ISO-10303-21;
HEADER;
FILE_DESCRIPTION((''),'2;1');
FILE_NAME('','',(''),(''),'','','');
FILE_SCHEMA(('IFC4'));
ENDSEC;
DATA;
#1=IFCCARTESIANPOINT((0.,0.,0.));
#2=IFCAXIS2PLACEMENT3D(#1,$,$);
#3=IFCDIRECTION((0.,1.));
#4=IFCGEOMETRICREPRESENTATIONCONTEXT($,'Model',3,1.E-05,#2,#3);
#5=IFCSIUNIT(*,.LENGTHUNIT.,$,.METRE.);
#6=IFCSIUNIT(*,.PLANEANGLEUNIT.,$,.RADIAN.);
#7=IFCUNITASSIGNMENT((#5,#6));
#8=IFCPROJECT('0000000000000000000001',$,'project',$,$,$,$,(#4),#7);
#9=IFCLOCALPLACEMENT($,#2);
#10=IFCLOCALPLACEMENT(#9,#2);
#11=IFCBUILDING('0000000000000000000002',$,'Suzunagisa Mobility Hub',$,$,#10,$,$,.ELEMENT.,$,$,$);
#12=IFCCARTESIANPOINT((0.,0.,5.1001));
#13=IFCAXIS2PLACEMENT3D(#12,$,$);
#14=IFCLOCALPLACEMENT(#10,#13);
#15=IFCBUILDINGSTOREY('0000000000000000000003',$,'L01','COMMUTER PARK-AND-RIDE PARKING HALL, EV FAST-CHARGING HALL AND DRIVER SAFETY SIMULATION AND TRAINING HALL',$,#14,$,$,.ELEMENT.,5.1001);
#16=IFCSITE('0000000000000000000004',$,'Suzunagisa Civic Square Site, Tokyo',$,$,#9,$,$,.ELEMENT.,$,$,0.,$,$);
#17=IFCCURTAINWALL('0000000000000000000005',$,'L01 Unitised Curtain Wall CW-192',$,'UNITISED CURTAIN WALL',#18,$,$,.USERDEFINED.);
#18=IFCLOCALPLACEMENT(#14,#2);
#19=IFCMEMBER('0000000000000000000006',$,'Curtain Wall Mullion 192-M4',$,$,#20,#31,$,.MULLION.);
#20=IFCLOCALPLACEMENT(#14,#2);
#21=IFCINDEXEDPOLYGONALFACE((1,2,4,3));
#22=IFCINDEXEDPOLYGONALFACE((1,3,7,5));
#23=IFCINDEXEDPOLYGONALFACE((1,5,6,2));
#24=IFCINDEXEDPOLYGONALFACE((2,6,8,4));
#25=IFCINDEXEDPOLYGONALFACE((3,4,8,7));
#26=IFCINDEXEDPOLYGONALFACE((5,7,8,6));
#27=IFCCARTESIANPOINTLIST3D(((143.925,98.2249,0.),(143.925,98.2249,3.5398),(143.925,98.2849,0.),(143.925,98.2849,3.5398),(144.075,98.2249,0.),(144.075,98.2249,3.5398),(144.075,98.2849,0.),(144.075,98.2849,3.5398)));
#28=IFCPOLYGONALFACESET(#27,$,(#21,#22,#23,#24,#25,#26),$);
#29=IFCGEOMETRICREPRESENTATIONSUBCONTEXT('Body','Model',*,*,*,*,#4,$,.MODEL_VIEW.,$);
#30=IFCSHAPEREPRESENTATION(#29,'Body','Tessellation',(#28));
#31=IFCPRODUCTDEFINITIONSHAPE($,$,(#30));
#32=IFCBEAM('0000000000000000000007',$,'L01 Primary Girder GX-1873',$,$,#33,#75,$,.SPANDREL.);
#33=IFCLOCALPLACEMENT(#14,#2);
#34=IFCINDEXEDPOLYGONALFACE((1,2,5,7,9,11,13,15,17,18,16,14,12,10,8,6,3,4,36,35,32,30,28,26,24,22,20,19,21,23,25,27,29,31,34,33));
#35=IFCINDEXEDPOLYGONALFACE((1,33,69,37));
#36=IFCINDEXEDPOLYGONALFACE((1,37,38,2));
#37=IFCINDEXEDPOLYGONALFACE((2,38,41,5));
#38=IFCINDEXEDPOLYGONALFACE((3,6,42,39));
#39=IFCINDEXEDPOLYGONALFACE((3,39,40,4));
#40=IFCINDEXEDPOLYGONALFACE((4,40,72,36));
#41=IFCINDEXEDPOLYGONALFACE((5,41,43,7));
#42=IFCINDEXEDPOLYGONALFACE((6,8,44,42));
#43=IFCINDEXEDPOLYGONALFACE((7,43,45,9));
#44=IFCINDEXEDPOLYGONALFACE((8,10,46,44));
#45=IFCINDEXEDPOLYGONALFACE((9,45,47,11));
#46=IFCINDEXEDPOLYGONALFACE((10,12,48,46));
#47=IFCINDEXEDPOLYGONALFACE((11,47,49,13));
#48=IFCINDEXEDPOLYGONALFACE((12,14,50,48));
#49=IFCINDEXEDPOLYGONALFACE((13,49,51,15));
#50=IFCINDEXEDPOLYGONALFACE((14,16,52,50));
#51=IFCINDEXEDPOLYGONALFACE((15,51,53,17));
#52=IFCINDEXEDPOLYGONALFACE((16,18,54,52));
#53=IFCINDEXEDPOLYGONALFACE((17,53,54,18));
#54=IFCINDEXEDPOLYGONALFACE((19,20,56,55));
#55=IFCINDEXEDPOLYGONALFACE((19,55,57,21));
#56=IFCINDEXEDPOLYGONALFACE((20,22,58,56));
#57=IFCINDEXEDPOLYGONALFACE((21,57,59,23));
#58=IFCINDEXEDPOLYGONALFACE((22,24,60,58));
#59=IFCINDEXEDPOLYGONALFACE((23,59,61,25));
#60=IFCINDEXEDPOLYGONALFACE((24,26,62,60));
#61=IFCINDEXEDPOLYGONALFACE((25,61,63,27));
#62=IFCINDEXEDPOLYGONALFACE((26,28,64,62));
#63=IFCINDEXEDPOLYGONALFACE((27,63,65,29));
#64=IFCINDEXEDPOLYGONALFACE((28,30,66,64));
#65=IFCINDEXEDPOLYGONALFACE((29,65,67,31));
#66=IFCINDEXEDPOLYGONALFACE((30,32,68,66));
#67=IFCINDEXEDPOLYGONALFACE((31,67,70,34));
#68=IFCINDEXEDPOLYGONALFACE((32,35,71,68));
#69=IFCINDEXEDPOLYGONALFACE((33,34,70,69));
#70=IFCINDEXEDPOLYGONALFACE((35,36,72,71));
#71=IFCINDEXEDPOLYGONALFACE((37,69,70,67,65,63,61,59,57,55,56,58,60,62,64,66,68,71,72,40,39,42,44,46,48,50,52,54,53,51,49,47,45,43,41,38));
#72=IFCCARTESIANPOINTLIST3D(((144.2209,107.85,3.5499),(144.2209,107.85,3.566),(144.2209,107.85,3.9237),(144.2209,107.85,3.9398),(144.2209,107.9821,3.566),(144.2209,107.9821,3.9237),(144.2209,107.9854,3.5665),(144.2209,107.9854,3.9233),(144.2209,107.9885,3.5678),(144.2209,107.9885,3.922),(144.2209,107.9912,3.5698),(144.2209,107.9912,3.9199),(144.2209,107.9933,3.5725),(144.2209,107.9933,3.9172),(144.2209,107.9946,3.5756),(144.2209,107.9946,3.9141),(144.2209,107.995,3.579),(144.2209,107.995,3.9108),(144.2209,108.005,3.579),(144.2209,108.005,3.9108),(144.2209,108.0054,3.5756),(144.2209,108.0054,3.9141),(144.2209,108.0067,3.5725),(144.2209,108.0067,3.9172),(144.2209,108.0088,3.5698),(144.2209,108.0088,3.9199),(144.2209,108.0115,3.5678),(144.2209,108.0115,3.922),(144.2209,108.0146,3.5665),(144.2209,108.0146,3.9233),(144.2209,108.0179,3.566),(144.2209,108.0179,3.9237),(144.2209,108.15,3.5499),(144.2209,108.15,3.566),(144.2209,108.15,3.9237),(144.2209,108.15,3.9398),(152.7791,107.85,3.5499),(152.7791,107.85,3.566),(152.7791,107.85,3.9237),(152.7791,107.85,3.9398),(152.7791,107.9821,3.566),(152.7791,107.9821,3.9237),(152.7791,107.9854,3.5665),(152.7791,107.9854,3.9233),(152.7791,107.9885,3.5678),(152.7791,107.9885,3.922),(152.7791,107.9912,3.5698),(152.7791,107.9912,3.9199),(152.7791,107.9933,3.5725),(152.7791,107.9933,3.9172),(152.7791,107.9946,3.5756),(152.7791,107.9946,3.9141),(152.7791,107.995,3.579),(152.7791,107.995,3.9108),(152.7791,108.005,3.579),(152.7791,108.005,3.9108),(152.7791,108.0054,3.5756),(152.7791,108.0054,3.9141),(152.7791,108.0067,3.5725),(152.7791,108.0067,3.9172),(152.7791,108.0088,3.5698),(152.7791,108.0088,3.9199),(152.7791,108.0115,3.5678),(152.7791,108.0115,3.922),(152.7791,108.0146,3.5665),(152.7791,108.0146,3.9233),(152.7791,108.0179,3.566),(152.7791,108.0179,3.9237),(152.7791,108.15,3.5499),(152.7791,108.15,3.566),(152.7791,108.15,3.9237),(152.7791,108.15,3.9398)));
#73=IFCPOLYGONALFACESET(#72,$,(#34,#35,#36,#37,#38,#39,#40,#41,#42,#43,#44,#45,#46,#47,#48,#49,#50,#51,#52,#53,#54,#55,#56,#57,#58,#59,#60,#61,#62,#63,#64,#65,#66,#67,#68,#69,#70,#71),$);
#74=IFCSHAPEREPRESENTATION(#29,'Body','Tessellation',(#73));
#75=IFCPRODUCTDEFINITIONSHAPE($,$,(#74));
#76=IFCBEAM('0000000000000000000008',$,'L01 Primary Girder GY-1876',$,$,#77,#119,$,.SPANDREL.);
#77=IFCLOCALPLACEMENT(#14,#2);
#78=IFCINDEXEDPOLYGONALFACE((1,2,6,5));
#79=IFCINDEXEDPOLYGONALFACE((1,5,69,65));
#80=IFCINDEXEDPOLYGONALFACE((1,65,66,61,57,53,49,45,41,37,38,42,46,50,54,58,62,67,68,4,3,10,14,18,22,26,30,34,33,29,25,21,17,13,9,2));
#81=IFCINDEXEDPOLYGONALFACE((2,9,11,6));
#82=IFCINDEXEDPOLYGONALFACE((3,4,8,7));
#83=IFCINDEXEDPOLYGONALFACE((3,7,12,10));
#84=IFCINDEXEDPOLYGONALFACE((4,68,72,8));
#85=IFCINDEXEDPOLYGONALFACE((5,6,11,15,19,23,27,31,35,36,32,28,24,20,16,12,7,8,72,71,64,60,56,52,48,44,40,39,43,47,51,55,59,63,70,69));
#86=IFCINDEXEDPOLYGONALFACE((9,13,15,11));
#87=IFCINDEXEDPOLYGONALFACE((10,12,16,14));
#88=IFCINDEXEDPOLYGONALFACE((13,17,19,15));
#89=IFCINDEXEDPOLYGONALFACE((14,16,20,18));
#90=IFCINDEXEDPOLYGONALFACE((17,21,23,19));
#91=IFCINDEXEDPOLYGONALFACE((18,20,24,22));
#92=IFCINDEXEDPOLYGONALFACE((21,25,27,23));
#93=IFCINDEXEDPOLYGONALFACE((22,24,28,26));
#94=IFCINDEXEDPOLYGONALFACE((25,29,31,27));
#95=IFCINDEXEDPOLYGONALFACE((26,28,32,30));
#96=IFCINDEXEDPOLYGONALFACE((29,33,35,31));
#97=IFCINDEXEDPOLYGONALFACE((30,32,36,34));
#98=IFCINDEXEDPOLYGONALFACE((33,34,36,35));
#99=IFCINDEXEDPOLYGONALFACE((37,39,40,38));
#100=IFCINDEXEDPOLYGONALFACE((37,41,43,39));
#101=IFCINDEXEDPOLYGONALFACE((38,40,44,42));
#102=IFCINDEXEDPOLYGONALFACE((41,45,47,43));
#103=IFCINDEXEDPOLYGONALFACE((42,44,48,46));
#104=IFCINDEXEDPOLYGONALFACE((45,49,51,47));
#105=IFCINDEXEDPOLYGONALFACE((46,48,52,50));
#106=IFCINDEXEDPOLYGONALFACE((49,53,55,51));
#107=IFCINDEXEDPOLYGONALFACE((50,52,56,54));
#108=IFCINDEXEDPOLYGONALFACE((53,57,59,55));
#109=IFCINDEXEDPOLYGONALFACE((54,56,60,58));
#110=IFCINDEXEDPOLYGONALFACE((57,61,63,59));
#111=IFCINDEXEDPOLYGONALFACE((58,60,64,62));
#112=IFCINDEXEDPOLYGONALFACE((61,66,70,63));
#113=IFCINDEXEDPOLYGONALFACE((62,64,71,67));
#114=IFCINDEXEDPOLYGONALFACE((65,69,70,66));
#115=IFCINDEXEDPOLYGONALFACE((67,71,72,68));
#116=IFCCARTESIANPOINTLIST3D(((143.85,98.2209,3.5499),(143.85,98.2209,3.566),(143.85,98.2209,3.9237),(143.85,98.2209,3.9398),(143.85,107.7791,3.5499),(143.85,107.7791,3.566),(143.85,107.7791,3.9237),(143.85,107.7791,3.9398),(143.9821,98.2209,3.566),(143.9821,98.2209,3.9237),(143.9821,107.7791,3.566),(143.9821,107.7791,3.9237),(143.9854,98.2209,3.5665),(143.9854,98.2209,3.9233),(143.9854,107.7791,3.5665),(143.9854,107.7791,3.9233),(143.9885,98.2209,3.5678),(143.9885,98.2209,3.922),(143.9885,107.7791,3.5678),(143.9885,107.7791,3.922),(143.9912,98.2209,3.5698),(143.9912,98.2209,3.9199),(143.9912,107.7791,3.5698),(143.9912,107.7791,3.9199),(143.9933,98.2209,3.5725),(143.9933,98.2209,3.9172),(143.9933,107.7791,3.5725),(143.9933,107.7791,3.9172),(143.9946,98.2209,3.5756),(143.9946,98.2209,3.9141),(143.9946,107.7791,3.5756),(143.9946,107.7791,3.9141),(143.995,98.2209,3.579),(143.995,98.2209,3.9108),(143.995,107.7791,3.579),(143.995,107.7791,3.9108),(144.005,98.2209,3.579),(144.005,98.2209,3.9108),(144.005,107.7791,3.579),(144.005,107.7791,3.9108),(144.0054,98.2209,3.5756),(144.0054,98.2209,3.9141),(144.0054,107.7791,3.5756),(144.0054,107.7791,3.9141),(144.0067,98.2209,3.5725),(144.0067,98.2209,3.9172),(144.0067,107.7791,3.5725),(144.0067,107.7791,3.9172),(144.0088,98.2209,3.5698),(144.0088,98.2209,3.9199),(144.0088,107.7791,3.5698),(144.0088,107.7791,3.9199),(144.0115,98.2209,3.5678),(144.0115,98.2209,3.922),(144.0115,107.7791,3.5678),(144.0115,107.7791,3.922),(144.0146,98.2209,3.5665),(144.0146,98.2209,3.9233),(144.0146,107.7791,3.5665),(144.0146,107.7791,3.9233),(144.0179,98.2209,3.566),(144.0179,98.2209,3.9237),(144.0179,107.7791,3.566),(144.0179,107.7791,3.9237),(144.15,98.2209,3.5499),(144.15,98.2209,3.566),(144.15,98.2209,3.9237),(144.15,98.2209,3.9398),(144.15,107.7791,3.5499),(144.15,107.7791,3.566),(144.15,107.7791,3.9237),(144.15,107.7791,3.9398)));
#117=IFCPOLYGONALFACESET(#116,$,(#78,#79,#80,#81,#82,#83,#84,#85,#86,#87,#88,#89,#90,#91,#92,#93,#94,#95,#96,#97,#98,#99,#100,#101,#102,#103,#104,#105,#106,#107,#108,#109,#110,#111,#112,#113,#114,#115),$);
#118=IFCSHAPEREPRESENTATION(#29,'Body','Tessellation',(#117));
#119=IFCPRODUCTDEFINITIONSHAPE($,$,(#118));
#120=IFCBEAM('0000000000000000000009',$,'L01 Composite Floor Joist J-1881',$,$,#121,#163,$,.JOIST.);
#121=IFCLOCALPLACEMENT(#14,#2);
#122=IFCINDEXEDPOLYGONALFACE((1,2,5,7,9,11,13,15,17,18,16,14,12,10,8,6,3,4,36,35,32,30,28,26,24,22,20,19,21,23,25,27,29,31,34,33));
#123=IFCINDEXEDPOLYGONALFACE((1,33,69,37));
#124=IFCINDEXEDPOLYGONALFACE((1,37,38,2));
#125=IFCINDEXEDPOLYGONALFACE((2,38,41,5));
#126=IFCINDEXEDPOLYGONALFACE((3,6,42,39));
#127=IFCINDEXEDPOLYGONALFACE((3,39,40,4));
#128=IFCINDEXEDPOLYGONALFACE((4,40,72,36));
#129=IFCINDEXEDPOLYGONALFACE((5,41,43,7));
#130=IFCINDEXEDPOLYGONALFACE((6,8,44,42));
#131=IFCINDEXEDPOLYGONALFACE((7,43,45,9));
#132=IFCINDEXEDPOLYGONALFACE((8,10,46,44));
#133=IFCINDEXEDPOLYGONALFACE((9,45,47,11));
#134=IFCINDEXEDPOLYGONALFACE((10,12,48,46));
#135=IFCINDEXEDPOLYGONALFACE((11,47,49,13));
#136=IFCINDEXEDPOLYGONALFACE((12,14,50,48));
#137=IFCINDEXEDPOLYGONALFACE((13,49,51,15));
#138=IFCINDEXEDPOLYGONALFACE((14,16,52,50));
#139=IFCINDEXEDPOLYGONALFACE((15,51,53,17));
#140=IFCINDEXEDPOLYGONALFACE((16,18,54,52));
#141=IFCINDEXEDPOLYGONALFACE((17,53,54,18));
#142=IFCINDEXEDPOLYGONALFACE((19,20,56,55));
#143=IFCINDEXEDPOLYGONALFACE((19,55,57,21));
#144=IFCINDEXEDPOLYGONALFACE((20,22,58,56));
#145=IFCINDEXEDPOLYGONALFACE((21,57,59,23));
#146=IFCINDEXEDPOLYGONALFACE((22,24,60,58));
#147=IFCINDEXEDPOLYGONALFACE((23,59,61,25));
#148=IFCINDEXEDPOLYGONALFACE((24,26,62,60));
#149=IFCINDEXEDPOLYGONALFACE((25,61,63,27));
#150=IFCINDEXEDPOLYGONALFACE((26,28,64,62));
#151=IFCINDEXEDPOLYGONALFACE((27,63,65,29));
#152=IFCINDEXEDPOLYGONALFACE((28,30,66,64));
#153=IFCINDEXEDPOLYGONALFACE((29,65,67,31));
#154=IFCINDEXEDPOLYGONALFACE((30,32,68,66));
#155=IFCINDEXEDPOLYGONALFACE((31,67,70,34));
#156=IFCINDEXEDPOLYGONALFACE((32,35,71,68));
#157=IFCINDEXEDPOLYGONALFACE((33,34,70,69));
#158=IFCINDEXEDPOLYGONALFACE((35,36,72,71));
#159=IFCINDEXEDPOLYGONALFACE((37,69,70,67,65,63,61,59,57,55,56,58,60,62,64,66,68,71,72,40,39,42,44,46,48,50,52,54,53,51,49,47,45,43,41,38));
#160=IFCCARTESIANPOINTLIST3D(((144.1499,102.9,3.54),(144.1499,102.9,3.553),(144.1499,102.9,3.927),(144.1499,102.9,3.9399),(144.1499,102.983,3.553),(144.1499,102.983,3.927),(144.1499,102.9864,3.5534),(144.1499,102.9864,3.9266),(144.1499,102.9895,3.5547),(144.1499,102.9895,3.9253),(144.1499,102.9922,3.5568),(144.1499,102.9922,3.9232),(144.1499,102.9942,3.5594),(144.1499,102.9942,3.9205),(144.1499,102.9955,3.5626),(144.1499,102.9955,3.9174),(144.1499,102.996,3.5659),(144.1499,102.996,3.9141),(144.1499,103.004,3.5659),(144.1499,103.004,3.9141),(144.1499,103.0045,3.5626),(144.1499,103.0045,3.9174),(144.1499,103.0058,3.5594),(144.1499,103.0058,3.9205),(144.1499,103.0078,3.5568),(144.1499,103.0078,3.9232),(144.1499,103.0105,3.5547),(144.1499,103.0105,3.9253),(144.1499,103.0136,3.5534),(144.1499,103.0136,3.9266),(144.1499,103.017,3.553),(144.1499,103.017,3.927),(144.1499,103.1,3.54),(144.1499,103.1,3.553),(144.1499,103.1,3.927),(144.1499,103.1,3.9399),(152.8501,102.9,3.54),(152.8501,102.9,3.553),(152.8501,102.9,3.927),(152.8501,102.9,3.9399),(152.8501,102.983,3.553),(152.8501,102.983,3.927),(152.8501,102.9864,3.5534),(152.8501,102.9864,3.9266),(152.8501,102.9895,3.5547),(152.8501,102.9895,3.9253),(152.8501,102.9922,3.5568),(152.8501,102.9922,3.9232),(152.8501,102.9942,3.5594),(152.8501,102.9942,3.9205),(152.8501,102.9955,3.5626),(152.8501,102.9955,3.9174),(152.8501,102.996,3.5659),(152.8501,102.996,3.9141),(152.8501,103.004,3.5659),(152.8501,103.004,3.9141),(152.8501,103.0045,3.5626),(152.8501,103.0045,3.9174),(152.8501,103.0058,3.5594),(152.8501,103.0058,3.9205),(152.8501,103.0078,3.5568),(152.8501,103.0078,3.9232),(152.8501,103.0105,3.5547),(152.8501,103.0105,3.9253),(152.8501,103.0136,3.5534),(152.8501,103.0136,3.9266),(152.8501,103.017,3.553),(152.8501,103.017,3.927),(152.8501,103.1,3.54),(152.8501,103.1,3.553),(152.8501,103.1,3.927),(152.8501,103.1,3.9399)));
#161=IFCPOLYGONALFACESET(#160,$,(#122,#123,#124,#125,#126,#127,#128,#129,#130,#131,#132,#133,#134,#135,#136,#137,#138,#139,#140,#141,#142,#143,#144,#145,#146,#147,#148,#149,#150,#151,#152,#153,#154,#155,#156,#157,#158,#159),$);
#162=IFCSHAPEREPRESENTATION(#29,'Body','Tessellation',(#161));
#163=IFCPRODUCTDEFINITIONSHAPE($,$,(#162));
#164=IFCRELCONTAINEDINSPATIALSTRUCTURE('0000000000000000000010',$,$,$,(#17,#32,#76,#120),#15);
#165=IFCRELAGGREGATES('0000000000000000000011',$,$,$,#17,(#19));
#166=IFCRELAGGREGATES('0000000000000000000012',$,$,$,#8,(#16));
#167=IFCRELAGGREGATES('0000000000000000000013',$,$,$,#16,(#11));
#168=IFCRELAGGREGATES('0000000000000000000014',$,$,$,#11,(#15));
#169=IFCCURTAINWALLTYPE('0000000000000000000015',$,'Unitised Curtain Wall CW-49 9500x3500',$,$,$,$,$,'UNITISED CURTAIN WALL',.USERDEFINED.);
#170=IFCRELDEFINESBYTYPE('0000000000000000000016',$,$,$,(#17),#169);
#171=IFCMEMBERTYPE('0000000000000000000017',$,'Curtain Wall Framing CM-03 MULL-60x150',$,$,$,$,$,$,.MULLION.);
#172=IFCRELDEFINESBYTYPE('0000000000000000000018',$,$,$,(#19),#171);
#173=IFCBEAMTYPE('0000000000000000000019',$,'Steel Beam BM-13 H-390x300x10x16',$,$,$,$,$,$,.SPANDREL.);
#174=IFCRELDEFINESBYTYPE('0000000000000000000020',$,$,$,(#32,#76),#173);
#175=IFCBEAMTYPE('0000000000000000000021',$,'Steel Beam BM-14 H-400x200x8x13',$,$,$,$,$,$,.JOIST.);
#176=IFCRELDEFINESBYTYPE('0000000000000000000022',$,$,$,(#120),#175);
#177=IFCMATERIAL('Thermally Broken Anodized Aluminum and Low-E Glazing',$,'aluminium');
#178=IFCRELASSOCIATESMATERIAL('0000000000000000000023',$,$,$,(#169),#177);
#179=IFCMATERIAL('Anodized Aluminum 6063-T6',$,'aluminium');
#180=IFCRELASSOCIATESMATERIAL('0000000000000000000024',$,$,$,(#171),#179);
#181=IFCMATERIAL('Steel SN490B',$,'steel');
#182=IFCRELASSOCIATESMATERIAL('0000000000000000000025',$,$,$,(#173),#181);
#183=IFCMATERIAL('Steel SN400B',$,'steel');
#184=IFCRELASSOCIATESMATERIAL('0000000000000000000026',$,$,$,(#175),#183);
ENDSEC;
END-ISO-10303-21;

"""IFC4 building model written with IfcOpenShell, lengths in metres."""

from ifc_helpers import new_model, si_unit, direction, frame, origin, origin_2d, place, context, subcontext, project, spatial, rectangle, i_section, extrude, material, material_profile, profile_set, type_object, element, aggregate, save


model = new_model("IFC4")

# Units and contexts
model_context = context("Model", 3, precision=1e-05, world=origin(), true_north=direction((0.0, 1.0)))
body_context = subcontext(model_context, "Body", "Model", "MODEL_VIEW")
ifc_project = project(units=[si_unit("LENGTHUNIT", "METRE"), si_unit("PLANEANGLEUNIT", "RADIAN")], contexts=[model_context])

# Site, building, storey
site_placement = place(None, origin())
site = spatial("IfcSite", under=ifc_project, at=site_placement, Name="Suzunagisa Civic Square Site, Tokyo", CompositionType="ELEMENT", RefElevation=0.0)
building_placement = place(site_placement, origin())
building = spatial("IfcBuilding", under=site, at=building_placement, Name="Suzunagisa Mobility Hub", CompositionType="ELEMENT")
storey_placement = place(building_placement, frame((0.0, 0.0, 5.1001)))
storey = spatial("IfcBuildingStorey", under=building, at=storey_placement, Name="L01", Description="COMMUTER PARK-AND-RIDE PARKING HALL, EV FAST-CHARGING HALL AND DRIVER SAFETY SIMULATION AND TRAINING HALL", CompositionType="ELEMENT", Elevation=5.1001)

# Shared definitions
ifc_material_1 = material(Name="Steel SN490B", Category="steel")

# Curtain wall, member
ifc_material_2 = material(Name="Thermally Broken Anodized Aluminum and Low-E Glazing", Category="aluminium")
curtain_wall_type = type_object("IfcCurtainWallType", Name="Unitised Curtain Wall CW-49 9500x3500", ElementType="UNITISED CURTAIN WALL", PredefinedType="USERDEFINED", material=ifc_material_2)
curtain_wall_placement = place(storey_placement, origin())
curtain_wall = element("IfcCurtainWall", 1, at=curtain_wall_placement, inside=storey, type_object=curtain_wall_type, Name="L01 Unitised Curtain Wall CW-192", ObjectType="UNITISED CURTAIN WALL", PredefinedType="USERDEFINED")
ifc_material_3 = material(Name="Anodized Aluminum 6063-T6", Category="aluminium")
ifc_material_profile_1 = material_profile(ifc_material_3, rectangle(XDim=0.0601, YDim=0.1499, at=origin_2d()), Name="MULL-60x150")
ifc_profile_set_1 = profile_set([ifc_material_profile_1], Name="Anodized Aluminum 6063-T6")
member_type_1 = type_object("IfcMemberType", Name="Curtain Wall Framing CM-03 MULL-60x150", PredefinedType="MULLION", material=ifc_profile_set_1)
member_1_placement = place(storey_placement, frame((144.0, 98.2549, 0.0), z_axis=(0.0, 0.0, 1.0), x_axis=(0.0, -1.0, 0.0)))
member_1 = element("IfcMember", 2, at=member_1_placement, type_object=member_type_1, Name="Curtain Wall Mullion 192-M4", PredefinedType="MULLION", context=body_context, shape_type="SweptSolid", body=[
    extrude(rectangle(XDim=0.0601, YDim=0.1499, at=origin_2d()), origin(), (0.0, 0.0, 1.0), 3.5398),
])

# Beams
ifc_material_profile_2 = material_profile(ifc_material_1, i_section(OverallWidth=0.3, OverallDepth=0.3899, WebThickness=0.01, FlangeThickness=0.0161, FilletRadius=0.0129, at=origin_2d()), Name="H-390x300x10x16")
ifc_profile_set_2 = profile_set([ifc_material_profile_2], Name="Steel SN490B")
beam_type_1 = type_object("IfcBeamType", Name="Steel Beam BM-13 H-390x300x10x16", PredefinedType="SPANDREL", material=ifc_profile_set_2)
beam_1_placement = place(storey_placement, frame((144.2209, 108.0, 3.7449), z_axis=(1.0, 0.0, 0.0), x_axis=(0.0, 1.0, 0.0)))
element("IfcBeam", 3, at=beam_1_placement, inside=storey, type_object=beam_type_1, Name="L01 Primary Girder GX-1873", PredefinedType="SPANDREL", context=body_context, shape_type="SweptSolid", body=[
    extrude(i_section(OverallWidth=0.3, OverallDepth=0.3899, WebThickness=0.01, FlangeThickness=0.0161, FilletRadius=0.0129, at=origin_2d()), origin(), (0.0, 0.0, 1.0), 8.5581),
])
beam_2_placement = place(storey_placement, frame((144.0, 98.2209, 3.7449), z_axis=(0.0, 1.0, 0.0), x_axis=(-1.0, 0.0, 0.0)))
element("IfcBeam", 4, at=beam_2_placement, inside=storey, type_object=beam_type_1, Name="L01 Primary Girder GY-1876", PredefinedType="SPANDREL", context=body_context, shape_type="SweptSolid", body=[
    extrude(i_section(OverallWidth=0.3, OverallDepth=0.3899, WebThickness=0.01, FlangeThickness=0.0161, FilletRadius=0.0129, at=origin_2d()), origin(), (0.0, 0.0, 1.0), 9.5581),
])
ifc_material_4 = material(Name="Steel SN400B", Category="steel")
ifc_material_profile_3 = material_profile(ifc_material_4, i_section(OverallWidth=0.2, OverallDepth=0.3999, WebThickness=0.0081, FlangeThickness=0.0129, FilletRadius=0.0129, at=origin_2d()), Name="H-400x200x8x13")
ifc_profile_set_3 = profile_set([ifc_material_profile_3], Name="Steel SN400B")
beam_type_2 = type_object("IfcBeamType", Name="Steel Beam BM-14 H-400x200x8x13", PredefinedType="JOIST", material=ifc_profile_set_3)
beam_3_placement = place(storey_placement, frame((144.1499, 103.0, 3.74), z_axis=(1.0, 0.0, 0.0), x_axis=(0.0, 1.0, 0.0)))
element("IfcBeam", 5, at=beam_3_placement, inside=storey, type_object=beam_type_2, Name="L01 Composite Floor Joist J-1881", PredefinedType="JOIST", context=body_context, shape_type="SweptSolid", body=[
    extrude(i_section(OverallWidth=0.2, OverallDepth=0.3999, WebThickness=0.0081, FlangeThickness=0.0129, FilletRadius=0.0129, at=origin_2d()), origin(), (0.0, 0.0, 1.0), 8.7002),
])

aggregate(curtain_wall, [member_1])

save(model, "model.ifc")
